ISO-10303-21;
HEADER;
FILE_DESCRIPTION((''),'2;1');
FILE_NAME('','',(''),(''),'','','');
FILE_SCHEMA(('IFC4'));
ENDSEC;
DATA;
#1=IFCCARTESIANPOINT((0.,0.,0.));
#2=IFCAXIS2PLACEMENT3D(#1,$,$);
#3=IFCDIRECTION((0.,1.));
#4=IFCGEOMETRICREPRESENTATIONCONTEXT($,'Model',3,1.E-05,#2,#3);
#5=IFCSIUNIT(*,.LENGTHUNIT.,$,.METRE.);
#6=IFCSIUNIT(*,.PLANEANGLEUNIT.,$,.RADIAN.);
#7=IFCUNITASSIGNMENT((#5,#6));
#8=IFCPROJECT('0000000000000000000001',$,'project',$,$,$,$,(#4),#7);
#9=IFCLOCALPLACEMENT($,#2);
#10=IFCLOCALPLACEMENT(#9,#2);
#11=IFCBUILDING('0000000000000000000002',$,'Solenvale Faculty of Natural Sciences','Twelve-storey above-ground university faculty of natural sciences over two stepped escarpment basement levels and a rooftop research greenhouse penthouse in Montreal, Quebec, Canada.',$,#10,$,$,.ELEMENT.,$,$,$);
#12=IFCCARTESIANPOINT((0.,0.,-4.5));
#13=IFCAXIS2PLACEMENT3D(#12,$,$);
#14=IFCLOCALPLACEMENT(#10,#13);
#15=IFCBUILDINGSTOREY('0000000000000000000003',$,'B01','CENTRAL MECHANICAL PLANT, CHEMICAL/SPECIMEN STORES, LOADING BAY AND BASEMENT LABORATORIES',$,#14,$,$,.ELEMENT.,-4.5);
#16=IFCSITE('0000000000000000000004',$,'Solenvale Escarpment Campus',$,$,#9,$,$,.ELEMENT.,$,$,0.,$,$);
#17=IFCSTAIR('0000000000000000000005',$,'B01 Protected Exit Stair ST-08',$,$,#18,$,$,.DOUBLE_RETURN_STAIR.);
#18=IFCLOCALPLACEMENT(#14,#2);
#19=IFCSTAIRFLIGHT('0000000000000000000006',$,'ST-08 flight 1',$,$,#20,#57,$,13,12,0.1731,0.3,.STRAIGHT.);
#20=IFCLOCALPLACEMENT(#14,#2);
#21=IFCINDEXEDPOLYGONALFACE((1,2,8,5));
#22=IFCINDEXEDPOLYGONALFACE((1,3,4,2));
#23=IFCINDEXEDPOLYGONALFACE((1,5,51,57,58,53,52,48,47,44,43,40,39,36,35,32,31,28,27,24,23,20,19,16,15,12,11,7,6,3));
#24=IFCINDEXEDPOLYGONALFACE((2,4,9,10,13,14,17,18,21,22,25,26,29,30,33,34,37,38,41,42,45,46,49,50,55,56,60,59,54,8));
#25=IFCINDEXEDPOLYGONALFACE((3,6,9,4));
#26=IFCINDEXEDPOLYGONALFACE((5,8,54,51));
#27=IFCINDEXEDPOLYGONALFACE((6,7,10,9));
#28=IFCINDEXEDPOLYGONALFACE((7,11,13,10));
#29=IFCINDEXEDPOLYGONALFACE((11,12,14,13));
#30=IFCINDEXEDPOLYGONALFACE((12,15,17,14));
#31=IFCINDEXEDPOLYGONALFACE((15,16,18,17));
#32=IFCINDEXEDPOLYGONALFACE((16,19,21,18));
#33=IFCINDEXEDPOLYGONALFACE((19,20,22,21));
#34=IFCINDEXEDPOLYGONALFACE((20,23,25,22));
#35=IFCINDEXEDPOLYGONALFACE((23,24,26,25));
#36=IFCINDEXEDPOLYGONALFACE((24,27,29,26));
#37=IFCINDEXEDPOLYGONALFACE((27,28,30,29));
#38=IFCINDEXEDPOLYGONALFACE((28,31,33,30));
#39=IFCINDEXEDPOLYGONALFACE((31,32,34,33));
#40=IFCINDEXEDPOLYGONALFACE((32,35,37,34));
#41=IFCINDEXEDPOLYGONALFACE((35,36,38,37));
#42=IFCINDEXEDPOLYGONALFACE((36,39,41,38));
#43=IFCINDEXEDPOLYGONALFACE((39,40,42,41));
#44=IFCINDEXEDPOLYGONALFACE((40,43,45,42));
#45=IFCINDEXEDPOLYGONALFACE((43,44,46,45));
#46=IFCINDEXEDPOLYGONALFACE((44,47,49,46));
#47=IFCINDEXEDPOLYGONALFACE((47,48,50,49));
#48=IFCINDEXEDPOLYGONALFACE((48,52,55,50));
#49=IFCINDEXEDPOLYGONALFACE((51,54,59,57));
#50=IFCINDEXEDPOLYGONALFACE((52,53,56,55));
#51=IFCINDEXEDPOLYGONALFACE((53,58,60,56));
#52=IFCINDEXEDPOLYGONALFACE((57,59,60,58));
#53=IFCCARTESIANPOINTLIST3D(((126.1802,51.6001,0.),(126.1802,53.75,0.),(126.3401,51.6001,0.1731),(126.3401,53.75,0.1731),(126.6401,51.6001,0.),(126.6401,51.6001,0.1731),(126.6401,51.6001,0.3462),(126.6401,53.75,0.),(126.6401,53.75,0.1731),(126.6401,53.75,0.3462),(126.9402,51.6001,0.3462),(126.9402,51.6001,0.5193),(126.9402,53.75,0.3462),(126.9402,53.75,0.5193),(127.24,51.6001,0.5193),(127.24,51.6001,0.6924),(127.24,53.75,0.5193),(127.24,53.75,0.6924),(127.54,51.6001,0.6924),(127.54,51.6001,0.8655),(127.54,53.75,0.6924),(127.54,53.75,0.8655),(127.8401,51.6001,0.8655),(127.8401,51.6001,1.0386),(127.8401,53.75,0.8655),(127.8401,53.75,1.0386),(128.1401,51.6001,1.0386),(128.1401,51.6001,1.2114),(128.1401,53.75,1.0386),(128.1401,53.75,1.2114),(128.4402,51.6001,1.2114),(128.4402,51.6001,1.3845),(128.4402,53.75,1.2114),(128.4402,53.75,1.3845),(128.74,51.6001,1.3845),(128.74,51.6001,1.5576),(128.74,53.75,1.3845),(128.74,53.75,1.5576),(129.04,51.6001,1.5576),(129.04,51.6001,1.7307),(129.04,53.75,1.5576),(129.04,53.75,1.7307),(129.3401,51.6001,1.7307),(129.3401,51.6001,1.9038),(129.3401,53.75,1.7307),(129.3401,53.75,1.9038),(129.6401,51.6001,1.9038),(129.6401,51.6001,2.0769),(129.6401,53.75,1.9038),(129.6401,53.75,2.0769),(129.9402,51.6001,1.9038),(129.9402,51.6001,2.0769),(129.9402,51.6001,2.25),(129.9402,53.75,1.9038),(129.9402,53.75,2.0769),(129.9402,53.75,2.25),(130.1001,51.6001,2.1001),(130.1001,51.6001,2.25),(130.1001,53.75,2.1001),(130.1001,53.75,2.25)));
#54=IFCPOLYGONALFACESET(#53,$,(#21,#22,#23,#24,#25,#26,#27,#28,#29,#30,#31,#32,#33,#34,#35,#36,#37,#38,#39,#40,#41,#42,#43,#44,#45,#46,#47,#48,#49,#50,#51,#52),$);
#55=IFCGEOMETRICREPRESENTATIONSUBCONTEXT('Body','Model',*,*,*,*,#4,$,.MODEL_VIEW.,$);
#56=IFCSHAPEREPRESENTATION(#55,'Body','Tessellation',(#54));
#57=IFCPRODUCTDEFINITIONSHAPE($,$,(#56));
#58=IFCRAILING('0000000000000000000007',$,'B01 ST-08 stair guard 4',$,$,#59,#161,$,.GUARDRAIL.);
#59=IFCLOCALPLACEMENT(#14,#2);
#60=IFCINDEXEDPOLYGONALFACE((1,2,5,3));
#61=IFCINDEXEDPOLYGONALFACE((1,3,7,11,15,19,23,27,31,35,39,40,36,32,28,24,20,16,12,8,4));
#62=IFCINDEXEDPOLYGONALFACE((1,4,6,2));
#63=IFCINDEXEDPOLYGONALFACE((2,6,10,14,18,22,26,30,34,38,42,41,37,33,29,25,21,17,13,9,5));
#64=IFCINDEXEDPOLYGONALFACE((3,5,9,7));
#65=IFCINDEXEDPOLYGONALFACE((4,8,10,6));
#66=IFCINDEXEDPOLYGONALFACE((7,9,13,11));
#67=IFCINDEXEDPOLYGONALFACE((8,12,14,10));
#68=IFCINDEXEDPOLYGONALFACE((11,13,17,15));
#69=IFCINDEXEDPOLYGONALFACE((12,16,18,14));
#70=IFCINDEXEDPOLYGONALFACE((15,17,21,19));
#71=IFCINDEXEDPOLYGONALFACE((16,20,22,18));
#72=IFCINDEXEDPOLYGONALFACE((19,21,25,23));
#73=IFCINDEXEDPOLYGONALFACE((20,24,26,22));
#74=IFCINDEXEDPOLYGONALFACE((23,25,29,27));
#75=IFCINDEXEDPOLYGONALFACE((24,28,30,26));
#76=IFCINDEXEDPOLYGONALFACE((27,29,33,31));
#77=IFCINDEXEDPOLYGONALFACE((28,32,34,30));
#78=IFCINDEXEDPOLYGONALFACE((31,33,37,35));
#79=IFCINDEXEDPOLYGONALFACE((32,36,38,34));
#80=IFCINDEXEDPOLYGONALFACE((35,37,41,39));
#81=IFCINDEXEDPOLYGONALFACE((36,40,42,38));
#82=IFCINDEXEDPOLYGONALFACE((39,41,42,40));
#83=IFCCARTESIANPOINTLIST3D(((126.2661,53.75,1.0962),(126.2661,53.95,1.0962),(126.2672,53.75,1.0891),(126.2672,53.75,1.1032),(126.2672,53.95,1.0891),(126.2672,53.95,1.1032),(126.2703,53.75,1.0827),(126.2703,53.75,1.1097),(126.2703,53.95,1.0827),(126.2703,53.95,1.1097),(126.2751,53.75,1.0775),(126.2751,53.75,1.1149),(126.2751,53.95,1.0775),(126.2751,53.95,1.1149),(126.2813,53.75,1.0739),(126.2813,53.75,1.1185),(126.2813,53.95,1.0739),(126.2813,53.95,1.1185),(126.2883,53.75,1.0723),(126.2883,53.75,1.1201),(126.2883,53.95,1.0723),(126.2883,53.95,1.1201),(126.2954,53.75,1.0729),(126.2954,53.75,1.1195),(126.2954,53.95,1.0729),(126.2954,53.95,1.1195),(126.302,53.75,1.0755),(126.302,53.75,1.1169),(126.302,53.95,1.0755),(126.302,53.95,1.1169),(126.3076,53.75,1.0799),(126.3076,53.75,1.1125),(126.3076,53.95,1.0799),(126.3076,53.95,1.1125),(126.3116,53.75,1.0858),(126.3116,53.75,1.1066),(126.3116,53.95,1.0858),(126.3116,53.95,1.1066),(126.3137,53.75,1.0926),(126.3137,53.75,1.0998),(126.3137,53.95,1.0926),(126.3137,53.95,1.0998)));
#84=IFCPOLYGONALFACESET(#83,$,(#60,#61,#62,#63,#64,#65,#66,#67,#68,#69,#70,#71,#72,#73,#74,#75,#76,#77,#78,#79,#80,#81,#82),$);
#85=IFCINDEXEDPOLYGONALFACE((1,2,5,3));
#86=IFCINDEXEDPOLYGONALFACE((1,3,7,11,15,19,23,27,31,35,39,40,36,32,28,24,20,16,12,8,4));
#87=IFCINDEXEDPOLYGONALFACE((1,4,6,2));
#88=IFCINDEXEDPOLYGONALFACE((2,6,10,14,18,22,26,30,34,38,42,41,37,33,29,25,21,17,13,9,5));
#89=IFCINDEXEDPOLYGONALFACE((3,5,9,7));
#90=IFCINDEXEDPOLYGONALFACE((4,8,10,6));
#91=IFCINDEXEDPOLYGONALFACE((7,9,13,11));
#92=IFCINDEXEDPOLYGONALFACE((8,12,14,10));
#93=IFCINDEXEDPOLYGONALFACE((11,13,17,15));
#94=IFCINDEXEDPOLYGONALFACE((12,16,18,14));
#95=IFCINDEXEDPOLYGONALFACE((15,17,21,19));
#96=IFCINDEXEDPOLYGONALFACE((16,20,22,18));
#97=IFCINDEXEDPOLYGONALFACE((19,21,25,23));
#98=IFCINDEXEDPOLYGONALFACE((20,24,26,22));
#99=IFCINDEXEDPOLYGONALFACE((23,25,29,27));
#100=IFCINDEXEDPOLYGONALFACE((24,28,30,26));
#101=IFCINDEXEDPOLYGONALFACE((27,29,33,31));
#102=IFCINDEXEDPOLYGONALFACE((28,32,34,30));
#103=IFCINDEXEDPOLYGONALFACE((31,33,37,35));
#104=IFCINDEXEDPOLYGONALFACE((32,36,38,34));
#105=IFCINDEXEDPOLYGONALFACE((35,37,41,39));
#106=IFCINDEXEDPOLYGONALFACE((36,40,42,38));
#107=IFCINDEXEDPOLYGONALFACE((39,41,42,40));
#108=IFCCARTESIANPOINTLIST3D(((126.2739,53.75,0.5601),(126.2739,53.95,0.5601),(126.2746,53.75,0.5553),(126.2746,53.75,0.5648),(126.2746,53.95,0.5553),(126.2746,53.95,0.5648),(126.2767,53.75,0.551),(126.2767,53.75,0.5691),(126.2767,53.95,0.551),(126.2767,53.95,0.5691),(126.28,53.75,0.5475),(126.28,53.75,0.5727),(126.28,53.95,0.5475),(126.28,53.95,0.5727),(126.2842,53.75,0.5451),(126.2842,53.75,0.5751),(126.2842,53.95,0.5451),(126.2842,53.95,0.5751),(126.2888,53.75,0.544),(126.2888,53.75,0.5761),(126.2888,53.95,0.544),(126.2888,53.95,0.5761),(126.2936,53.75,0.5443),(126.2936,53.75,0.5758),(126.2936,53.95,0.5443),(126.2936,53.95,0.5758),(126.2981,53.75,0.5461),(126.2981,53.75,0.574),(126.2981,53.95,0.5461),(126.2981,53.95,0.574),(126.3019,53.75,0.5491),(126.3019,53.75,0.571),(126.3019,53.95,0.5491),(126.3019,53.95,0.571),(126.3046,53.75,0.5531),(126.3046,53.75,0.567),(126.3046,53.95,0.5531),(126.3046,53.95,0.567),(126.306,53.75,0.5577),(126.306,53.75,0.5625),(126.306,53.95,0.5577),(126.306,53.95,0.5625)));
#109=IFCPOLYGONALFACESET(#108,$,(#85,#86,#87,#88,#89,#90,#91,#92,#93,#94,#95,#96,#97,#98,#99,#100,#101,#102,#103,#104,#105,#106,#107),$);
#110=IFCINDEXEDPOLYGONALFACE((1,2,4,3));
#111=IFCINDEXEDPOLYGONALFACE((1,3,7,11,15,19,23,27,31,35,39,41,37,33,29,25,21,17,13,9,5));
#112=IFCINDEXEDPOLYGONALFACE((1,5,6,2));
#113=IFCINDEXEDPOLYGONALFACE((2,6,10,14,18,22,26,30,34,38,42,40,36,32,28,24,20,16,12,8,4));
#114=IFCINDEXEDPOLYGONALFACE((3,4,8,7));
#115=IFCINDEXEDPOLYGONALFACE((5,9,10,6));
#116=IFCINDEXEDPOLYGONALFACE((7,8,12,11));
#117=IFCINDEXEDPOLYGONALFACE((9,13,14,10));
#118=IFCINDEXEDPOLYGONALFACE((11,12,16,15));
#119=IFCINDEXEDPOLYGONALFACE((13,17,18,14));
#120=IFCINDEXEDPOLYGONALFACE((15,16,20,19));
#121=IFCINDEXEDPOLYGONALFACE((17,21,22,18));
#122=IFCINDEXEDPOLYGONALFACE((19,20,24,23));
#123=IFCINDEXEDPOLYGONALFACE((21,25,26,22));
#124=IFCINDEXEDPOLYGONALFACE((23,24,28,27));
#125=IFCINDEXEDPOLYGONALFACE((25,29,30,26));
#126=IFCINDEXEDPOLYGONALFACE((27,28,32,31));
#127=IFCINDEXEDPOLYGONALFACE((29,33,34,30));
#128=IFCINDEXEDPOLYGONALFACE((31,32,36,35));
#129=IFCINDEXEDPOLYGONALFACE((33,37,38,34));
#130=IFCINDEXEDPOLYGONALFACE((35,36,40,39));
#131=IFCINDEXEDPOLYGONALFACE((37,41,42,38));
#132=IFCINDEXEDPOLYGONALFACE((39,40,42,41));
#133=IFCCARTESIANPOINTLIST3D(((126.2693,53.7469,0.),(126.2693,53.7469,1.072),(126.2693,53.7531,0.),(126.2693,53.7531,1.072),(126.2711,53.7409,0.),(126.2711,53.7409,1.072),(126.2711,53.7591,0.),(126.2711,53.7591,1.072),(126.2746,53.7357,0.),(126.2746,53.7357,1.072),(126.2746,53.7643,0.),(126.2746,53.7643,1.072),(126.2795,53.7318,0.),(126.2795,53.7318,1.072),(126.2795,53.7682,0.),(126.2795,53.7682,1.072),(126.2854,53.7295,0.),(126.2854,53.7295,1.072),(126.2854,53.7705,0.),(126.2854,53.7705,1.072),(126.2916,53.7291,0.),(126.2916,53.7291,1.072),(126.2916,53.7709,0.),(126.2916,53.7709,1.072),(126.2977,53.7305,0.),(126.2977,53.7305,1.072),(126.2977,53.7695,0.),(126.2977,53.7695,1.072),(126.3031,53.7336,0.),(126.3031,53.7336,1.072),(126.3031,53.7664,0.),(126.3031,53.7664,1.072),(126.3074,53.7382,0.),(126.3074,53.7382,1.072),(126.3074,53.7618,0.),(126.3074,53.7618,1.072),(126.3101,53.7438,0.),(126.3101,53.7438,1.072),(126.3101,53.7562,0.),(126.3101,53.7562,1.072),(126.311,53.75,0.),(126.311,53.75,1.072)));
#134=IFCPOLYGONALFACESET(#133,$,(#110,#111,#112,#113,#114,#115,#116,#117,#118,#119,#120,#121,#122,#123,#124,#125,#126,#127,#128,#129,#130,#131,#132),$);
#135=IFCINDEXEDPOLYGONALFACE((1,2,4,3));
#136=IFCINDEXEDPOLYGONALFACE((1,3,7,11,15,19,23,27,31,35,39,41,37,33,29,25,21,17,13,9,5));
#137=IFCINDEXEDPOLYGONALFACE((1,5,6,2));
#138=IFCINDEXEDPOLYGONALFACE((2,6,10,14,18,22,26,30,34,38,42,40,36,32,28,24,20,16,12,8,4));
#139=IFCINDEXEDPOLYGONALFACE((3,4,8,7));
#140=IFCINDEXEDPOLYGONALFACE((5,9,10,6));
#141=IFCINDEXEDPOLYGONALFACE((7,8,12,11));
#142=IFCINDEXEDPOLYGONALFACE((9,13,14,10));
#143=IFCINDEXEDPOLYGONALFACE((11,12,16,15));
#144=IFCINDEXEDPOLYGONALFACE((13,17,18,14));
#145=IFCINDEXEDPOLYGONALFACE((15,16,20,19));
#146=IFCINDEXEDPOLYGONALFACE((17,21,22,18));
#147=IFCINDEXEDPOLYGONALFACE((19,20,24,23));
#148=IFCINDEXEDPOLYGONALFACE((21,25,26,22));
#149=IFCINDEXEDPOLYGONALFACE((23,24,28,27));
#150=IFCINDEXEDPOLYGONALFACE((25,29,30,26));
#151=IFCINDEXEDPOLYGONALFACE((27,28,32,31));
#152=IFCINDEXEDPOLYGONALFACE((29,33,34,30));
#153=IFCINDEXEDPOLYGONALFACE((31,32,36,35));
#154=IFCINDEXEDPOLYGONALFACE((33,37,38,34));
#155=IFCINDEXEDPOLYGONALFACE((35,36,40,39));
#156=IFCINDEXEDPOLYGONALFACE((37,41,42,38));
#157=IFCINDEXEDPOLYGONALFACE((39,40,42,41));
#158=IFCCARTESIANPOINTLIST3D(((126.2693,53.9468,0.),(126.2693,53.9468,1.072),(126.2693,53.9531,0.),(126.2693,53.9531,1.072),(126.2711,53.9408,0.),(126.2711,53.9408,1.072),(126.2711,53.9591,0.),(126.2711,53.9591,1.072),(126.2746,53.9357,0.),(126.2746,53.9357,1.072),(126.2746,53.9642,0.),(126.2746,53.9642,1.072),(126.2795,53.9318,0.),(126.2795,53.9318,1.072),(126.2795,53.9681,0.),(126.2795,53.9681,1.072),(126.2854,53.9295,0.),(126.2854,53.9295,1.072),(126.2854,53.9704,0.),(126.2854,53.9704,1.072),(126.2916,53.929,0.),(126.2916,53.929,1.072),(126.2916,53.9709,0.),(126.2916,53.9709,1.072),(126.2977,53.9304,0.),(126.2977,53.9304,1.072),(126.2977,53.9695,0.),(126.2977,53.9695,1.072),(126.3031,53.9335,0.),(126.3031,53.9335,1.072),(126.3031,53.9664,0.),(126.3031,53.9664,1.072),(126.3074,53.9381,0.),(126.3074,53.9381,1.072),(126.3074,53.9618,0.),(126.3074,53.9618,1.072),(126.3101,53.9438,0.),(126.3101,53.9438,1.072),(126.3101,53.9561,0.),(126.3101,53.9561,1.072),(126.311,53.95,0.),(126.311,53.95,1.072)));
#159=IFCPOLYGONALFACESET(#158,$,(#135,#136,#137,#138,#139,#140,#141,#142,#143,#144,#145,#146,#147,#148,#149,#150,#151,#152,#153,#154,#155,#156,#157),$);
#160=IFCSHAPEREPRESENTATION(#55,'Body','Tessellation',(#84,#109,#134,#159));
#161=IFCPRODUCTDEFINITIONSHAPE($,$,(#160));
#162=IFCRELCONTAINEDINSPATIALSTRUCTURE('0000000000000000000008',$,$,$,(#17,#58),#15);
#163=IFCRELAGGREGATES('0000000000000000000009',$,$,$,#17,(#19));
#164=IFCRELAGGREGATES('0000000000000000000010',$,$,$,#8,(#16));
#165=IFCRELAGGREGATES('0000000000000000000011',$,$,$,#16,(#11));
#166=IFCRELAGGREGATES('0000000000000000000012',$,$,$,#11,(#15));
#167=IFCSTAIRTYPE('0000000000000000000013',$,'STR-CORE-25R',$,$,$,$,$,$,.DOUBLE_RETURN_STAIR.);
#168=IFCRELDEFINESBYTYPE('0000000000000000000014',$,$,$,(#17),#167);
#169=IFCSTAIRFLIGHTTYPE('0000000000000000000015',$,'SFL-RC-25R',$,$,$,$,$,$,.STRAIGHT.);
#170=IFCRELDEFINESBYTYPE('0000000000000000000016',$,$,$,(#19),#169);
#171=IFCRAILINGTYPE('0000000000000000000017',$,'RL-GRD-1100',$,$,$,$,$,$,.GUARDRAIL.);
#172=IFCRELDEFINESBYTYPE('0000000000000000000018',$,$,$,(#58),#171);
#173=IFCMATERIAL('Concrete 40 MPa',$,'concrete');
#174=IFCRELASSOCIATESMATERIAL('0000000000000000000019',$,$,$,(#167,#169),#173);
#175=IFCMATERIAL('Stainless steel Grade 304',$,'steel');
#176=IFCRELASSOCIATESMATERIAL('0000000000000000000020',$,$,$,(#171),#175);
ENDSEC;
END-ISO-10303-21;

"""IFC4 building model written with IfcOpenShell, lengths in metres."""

from ifc_helpers import new_model, si_unit, direction, frame, origin, origin_2d, place, context, subcontext, project, spatial, polyline, circle, outline, extrude, material, type_object, element, aggregate, save


model = new_model("IFC4")

# Units and contexts
model_context = context("Model", 3, precision=1e-05, world=origin(), true_north=direction((0.0, 1.0)))
body_context = subcontext(model_context, "Body", "Model", "MODEL_VIEW")
ifc_project = project(units=[si_unit("LENGTHUNIT", "METRE"), si_unit("PLANEANGLEUNIT", "RADIAN")], contexts=[model_context])

# Site, building, storey
site_placement = place(None, origin())
site = spatial("IfcSite", under=ifc_project, at=site_placement, Name="Solenvale Escarpment Campus", CompositionType="ELEMENT", RefElevation=0.0)
building_placement = place(site_placement, origin())
building = spatial("IfcBuilding", under=site, at=building_placement, Name="Solenvale Faculty of Natural Sciences", Description="Twelve-storey above-ground university faculty of natural sciences over two stepped escarpment basement levels and a rooftop research greenhouse penthouse in Montreal, Quebec, Canada.", CompositionType="ELEMENT")
storey_placement = place(building_placement, frame((0.0, 0.0, -4.5)))
storey = spatial("IfcBuildingStorey", under=building, at=storey_placement, Name="B01", Description="CENTRAL MECHANICAL PLANT, CHEMICAL/SPECIMEN STORES, LOADING BAY AND BASEMENT LABORATORIES", CompositionType="ELEMENT", Elevation=-4.5)

# Shared definitions
ifc_material_1 = material(Name="Concrete 40 MPa", Category="concrete")

# Stair, stair flight
stair_type = type_object("IfcStairType", Name="STR-CORE-25R", PredefinedType="DOUBLE_RETURN_STAIR", material=ifc_material_1)
stair_placement = place(storey_placement, origin())
stair = element("IfcStair", 1, at=stair_placement, inside=storey, type_object=stair_type, Name="B01 Protected Exit Stair ST-08", PredefinedType="DOUBLE_RETURN_STAIR")
stair_flight_type = type_object("IfcStairFlightType", Name="SFL-RC-25R", PredefinedType="STRAIGHT", material=ifc_material_1)
stair_flight_placement = place(storey_placement, frame((126.3401, 52.675, 0.0), z_axis=(0.0, 0.0, 1.0), x_axis=(1.0, 0.0, 0.0)))
stair_flight = element("IfcStairFlight", 2, at=stair_flight_placement, type_object=stair_flight_type, Name="ST-08 flight 1", NumberOfRisers=13, NumberOfTreads=12, PredefinedType="STRAIGHT", RiserHeight=0.1731, TreadLength=0.3, context=body_context, shape_type="SweptSolid", body=[
    extrude(outline(polyline([(-0.1599, 0.0), (0.0, 0.1731), (0.3, 0.1731), (0.3, 0.3462), (0.6001, 0.3462), (0.6001, 0.5193), (0.8999, 0.5193), (0.8999, 0.6924), (1.2, 0.6924), (1.2, 0.8655), (1.5, 0.8655), (1.5, 1.0386), (1.8, 1.0386), (1.8, 1.2114), (2.1001, 1.2114), (2.1001, 1.3845), (2.3999, 1.3845), (2.3999, 1.5576), (2.7, 1.5576), (2.7, 1.7307), (3.0, 1.7307), (3.0, 1.9038), (3.3, 1.9038), (3.3, 2.0769), (3.6001, 2.0769), (3.6001, 2.25), (3.76, 2.25), (3.76, 2.1001), (3.6001, 1.9038), (0.3, 0.0), (-0.1599, 0.0)])), frame((0.0, 1.075, 0.0), z_axis=(0.0, -1.0, 0.0), x_axis=(1.0, 0.0, 0.0)), (0.0, 0.0, 1.0), 2.1499),
])
aggregate(stair, [stair_flight])

# Railing
ifc_material_2 = material(Name="Stainless steel Grade 304", Category="steel")
railing_type_1 = type_object("IfcRailingType", Name="RL-GRD-1100", PredefinedType="GUARDRAIL", material=ifc_material_2)
railing_1_placement = place(storey_placement, frame((126.29, 53.75, 0.0)))
element("IfcRailing", 3, at=railing_1_placement, inside=storey, type_object=railing_type_1, Name="B01 ST-08 stair guard 4", PredefinedType="GUARDRAIL", context=body_context, shape_type="SweptSolid", body=[
    extrude(circle(Radius=0.0239, at=origin_2d()), frame((0.0, 0.0, 1.0962), z_axis=(0.0, 1.0, 0.0), x_axis=(-1.0, 0.0, 0.0)), (0.0, 0.0, 1.0), 0.2),
    extrude(circle(Radius=0.0161, at=origin_2d()), frame((0.0, 0.0, 0.5601), z_axis=(0.0, 1.0, 0.0), x_axis=(-1.0, 0.0, 0.0)), (0.0, 0.0, 1.0), 0.2),
    extrude(circle(Radius=0.021, at=origin_2d()), origin(), (0.0, 0.0, 1.0), 1.072),
    extrude(circle(Radius=0.021, at=origin_2d()), frame((0.0, 0.2, 0.0)), (0.0, 0.0, 1.0), 1.072),
])

save(model, "model.ifc")
